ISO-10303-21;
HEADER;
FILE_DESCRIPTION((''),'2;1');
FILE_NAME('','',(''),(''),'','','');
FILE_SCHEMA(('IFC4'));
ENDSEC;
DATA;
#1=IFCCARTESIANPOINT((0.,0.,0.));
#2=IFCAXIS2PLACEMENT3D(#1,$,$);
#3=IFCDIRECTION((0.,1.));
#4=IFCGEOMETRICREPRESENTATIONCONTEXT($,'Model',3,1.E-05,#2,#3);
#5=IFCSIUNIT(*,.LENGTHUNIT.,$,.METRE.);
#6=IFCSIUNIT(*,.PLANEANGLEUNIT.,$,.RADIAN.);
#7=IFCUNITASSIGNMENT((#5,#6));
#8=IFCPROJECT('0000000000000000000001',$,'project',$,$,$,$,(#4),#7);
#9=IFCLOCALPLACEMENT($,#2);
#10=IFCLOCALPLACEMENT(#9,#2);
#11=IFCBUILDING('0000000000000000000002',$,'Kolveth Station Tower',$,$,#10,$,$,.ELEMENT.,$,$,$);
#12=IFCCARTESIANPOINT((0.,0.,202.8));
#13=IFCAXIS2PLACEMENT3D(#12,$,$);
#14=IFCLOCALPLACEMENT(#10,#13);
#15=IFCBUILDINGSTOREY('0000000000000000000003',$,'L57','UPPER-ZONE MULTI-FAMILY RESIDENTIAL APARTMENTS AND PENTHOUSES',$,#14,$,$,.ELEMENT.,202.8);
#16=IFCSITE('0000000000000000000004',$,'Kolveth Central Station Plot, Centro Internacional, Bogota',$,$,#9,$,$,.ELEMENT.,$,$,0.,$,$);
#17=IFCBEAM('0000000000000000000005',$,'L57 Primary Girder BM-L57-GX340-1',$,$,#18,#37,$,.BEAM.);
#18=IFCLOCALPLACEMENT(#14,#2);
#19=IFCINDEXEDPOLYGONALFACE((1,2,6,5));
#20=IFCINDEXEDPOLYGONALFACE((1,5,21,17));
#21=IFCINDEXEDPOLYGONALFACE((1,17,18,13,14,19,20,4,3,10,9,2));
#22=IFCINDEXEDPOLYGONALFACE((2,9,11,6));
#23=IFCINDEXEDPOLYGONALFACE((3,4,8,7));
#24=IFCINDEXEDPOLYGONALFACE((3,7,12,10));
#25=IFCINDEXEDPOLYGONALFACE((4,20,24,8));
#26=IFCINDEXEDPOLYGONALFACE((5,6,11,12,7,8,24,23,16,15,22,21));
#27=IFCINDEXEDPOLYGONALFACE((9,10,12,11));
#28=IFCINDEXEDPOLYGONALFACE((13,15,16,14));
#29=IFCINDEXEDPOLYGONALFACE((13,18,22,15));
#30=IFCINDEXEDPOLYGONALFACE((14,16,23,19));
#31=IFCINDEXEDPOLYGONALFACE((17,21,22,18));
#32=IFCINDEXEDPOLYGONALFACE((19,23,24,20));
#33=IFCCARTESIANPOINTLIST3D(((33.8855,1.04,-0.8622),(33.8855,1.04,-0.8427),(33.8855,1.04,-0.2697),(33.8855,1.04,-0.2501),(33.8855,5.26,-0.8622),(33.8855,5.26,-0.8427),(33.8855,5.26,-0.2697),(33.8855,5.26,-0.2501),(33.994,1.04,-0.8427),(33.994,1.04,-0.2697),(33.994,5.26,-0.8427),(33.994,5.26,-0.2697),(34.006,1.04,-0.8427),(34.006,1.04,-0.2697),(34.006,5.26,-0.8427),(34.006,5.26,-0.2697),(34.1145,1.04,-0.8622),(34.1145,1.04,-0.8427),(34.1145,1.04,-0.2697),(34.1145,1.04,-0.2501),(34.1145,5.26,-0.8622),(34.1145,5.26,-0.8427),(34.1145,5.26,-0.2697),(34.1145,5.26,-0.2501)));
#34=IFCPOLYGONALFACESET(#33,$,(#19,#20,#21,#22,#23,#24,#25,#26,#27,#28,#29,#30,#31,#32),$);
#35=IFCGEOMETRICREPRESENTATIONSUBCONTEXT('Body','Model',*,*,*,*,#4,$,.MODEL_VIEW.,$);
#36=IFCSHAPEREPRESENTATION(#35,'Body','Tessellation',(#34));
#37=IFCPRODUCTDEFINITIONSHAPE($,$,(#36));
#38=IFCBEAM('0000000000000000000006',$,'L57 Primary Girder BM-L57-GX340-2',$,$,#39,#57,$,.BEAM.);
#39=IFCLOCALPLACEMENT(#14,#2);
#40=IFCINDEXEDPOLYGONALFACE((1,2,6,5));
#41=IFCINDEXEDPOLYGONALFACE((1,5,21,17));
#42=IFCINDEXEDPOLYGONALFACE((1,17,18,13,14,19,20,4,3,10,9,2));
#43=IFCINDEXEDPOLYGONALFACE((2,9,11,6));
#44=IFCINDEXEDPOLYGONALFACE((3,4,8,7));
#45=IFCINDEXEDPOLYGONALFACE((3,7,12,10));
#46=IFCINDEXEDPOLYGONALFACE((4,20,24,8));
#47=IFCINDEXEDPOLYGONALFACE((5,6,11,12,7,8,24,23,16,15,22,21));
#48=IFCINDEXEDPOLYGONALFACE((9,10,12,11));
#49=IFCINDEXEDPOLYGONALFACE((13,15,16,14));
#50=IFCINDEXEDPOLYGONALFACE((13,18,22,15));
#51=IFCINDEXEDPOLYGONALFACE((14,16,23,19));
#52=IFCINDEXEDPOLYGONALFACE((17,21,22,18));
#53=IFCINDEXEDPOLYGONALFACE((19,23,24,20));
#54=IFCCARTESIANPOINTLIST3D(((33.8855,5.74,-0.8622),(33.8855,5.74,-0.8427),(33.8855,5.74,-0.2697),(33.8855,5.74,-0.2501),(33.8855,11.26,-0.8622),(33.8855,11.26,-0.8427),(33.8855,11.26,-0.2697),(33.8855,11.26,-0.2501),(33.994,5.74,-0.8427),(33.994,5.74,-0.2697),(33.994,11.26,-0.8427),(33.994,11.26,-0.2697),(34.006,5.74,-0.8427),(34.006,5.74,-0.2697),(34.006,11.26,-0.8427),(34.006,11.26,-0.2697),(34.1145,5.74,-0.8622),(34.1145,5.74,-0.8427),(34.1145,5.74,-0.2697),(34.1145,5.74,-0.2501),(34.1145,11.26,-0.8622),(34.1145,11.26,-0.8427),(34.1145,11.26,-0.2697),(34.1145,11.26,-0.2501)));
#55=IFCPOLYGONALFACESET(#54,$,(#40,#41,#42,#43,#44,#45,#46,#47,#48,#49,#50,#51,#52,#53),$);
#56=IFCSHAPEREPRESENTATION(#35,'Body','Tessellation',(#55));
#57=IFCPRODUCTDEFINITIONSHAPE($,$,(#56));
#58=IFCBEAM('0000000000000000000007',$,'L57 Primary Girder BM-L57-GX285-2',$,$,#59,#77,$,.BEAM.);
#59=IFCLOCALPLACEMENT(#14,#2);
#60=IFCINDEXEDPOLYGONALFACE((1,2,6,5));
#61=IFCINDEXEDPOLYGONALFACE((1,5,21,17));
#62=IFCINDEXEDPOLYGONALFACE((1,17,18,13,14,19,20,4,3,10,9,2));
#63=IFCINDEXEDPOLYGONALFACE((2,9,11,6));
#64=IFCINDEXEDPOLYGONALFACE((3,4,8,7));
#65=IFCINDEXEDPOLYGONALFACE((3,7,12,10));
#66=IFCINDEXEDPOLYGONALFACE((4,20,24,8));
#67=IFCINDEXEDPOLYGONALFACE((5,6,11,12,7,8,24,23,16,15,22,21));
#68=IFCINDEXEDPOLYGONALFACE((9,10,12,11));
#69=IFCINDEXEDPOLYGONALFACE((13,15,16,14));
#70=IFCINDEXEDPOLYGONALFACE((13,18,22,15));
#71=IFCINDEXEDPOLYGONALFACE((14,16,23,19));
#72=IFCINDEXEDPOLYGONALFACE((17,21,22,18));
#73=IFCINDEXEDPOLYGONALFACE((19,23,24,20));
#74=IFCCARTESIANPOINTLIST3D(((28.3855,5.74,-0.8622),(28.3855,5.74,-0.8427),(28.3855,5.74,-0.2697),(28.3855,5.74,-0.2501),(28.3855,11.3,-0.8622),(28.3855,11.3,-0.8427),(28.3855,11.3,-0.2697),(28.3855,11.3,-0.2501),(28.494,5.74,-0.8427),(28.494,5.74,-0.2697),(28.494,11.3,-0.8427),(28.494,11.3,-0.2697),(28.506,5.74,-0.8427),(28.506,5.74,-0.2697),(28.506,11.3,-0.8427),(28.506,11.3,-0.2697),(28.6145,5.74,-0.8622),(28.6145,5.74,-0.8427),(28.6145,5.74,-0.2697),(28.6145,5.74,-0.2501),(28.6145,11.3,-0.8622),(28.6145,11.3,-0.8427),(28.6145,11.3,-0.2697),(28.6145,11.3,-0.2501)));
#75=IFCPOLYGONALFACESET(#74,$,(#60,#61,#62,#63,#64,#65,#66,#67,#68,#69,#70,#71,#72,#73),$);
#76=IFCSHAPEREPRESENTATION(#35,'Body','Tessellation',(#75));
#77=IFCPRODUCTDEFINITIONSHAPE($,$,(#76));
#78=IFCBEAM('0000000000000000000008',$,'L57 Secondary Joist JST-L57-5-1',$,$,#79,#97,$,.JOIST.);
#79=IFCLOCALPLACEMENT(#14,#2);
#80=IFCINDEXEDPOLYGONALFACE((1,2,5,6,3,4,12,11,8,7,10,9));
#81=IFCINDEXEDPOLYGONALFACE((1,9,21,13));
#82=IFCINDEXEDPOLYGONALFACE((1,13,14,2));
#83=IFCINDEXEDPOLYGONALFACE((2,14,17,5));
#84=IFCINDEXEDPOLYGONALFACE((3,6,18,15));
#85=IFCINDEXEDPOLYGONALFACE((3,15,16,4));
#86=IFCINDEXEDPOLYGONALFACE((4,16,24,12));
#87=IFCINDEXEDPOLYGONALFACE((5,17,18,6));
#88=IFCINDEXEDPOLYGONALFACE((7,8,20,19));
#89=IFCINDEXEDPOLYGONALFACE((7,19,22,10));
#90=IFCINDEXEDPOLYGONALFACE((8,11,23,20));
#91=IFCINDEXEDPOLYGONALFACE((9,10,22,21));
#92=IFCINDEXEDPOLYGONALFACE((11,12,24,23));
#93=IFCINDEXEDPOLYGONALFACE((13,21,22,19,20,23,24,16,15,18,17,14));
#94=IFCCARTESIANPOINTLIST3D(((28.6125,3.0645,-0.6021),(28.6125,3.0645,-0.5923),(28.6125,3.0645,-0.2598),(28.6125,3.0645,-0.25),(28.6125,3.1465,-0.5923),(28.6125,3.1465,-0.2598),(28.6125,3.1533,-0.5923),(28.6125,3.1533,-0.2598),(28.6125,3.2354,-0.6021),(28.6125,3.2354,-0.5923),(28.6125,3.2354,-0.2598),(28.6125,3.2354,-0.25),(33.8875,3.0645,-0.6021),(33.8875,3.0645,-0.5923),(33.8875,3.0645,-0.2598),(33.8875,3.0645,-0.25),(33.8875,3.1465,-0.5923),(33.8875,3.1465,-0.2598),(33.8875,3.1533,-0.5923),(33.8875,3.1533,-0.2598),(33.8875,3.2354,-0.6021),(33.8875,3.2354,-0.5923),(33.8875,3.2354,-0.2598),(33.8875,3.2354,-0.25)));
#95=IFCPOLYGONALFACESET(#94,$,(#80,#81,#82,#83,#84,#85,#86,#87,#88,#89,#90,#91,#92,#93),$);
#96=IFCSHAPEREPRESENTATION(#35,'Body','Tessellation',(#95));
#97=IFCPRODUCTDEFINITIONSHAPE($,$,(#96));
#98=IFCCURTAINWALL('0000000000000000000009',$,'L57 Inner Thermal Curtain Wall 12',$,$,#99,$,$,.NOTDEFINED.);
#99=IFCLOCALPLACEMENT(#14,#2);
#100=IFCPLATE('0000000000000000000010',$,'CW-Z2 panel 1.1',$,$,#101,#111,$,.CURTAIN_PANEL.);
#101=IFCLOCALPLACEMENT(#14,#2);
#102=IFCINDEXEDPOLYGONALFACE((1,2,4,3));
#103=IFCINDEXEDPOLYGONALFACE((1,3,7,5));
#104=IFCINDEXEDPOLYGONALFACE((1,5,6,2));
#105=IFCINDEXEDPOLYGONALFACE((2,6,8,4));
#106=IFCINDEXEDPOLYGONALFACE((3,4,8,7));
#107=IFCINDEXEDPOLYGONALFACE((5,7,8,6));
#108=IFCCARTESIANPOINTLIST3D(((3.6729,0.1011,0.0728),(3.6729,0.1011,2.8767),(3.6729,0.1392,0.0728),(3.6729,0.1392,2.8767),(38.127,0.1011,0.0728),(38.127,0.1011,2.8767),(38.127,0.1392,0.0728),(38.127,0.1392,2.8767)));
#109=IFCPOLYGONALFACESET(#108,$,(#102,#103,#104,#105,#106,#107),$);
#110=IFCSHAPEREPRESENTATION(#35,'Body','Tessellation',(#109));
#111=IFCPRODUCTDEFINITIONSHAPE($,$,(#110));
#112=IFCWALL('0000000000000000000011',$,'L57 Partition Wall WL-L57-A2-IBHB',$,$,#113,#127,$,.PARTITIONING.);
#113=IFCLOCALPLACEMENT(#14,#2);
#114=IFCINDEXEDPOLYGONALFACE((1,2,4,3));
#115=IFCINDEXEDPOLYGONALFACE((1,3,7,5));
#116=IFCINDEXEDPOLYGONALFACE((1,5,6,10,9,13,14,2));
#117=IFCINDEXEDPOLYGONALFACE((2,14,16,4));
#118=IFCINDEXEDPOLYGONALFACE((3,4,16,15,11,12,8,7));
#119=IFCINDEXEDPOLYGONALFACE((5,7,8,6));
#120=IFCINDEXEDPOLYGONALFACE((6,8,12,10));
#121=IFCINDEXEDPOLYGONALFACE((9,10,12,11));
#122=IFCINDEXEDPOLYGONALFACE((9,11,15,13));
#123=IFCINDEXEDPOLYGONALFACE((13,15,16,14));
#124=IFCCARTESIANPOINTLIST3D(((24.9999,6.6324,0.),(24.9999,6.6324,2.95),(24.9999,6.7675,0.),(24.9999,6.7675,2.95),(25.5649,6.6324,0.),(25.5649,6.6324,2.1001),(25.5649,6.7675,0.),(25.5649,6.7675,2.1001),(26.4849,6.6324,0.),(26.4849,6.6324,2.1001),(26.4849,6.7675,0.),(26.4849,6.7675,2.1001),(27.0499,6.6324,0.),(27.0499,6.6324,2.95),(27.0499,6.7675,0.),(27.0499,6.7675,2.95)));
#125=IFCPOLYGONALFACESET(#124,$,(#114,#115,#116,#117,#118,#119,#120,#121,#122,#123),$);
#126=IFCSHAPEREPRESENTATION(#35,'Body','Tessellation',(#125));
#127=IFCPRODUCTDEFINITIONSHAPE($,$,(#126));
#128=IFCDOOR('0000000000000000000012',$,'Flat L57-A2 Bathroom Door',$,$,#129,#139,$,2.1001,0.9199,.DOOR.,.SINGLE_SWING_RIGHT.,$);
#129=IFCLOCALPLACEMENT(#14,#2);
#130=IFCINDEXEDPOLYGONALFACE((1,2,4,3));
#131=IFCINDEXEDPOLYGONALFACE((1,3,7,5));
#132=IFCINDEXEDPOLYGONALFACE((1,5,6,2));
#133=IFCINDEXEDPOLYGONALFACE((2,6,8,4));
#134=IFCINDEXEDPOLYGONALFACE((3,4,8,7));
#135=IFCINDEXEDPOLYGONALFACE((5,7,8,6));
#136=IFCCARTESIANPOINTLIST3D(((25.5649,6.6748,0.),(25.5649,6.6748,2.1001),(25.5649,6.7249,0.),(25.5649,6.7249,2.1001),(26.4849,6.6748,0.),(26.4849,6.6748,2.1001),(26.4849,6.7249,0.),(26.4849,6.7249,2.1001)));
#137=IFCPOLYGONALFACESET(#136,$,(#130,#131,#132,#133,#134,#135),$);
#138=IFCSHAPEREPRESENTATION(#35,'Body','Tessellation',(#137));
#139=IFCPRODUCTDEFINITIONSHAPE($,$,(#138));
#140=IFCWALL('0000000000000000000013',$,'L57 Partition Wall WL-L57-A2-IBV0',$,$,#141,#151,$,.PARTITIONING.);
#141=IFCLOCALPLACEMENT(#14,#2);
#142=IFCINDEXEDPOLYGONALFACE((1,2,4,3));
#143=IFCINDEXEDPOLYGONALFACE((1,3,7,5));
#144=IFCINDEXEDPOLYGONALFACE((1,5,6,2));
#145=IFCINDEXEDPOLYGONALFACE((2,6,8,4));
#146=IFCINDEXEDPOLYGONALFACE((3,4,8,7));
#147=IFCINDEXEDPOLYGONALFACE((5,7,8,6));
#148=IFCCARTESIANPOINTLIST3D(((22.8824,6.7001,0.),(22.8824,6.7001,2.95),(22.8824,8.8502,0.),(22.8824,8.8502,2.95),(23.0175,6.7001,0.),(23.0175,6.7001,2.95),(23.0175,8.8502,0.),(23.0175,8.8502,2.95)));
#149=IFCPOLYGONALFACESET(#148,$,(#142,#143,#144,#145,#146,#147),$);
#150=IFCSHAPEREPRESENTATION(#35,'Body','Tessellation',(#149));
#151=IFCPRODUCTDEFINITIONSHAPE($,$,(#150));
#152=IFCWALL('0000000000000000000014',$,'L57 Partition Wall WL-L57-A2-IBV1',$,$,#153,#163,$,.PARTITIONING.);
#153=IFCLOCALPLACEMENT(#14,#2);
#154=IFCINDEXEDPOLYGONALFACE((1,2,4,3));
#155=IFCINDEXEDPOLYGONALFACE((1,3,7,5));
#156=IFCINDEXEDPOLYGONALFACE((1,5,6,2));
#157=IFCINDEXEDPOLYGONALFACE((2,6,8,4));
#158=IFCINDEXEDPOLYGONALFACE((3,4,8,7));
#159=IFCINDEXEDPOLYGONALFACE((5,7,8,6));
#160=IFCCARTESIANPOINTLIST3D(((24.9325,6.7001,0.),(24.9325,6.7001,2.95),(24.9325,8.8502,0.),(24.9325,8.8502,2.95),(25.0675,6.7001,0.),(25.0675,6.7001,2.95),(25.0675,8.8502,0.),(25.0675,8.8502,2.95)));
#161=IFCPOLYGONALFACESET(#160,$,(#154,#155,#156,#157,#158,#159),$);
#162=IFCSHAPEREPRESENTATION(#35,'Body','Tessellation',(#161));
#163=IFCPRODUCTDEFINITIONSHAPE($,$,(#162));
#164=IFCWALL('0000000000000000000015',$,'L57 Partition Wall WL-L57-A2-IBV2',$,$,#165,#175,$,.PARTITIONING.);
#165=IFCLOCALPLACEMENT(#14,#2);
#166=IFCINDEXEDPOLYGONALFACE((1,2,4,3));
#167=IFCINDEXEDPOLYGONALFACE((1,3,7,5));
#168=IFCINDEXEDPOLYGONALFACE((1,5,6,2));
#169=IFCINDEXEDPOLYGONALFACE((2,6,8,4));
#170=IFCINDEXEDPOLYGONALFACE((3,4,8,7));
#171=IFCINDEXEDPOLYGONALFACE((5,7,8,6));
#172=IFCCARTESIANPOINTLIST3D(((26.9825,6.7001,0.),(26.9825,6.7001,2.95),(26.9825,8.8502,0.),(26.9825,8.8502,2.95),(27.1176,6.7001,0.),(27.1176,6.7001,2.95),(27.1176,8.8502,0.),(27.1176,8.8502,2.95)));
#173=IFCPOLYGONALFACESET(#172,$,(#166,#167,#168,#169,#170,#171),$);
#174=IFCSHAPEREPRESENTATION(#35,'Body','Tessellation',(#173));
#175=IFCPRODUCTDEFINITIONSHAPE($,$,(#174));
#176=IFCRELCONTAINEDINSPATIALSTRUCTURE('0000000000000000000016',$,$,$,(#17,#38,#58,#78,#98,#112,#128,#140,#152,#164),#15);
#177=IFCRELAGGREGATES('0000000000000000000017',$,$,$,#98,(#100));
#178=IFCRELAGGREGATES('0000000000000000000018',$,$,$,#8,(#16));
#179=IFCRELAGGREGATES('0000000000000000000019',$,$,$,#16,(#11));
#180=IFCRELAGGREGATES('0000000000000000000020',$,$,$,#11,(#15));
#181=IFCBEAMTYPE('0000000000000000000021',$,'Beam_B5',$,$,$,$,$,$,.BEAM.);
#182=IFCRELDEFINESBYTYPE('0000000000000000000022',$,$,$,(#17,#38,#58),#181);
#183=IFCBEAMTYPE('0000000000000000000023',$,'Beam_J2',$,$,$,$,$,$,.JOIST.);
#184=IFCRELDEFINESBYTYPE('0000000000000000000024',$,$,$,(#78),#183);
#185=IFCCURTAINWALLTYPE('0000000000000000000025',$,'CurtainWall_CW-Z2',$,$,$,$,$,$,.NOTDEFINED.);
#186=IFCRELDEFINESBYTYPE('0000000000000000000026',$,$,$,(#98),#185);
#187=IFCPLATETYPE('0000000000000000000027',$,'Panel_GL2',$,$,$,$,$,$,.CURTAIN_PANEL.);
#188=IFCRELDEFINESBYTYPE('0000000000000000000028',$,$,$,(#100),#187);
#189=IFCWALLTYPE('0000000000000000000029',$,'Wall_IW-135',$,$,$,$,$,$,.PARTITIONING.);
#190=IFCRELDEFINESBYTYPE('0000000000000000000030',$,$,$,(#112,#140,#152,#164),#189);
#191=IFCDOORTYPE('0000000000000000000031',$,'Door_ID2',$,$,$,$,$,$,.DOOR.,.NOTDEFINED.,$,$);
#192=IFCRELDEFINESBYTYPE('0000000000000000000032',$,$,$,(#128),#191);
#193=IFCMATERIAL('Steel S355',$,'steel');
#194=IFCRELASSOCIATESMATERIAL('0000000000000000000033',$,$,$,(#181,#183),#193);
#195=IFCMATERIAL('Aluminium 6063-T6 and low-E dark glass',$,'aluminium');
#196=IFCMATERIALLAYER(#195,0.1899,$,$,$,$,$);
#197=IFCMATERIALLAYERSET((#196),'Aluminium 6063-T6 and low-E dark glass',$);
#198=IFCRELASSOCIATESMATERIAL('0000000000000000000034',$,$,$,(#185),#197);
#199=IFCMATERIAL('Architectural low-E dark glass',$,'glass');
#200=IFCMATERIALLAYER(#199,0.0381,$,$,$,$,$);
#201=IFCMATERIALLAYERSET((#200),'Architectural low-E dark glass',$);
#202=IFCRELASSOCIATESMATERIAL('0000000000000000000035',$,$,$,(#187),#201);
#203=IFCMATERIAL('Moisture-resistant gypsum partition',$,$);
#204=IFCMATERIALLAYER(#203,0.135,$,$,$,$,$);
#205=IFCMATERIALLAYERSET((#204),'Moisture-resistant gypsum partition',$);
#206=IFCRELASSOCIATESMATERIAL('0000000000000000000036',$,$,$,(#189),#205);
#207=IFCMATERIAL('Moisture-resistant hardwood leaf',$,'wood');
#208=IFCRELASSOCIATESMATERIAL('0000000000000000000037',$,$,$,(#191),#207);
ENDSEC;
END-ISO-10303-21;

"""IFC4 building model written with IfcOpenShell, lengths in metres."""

from ifc_helpers import new_model, si_unit, direction, frame, frame_2d, origin, origin_2d, place, context, subcontext, project, spatial, rectangle, i_section, extrude, source, transform, mapped, material, layer, layer_set, material_profile, profile_set, type_object, element, fill, aggregate, save


model = new_model("IFC4")

# Units and contexts
model_context = context("Model", 3, precision=1e-05, world=origin(), true_north=direction((0.0, 1.0)))
body_context = subcontext(model_context, "Body", "Model", "MODEL_VIEW")
ifc_project = project(units=[si_unit("LENGTHUNIT", "METRE"), si_unit("PLANEANGLEUNIT", "RADIAN")], contexts=[model_context])

# Site, building, storey
site_placement = place(None, origin())
site = spatial("IfcSite", under=ifc_project, at=site_placement, Name="Kolveth Central Station Plot, Centro Internacional, Bogota", CompositionType="ELEMENT", RefElevation=0.0)
building_placement = place(site_placement, origin())
building = spatial("IfcBuilding", under=site, at=building_placement, Name="Kolveth Station Tower", CompositionType="ELEMENT")
storey_placement = place(building_placement, frame((0.0, 0.0, 202.8)))
storey = spatial("IfcBuildingStorey", under=building, at=storey_placement, Name="L57", Description="UPPER-ZONE MULTI-FAMILY RESIDENTIAL APARTMENTS AND PENTHOUSES", CompositionType="ELEMENT", Elevation=202.8)

# Shared definitions
ifc_material_1 = material(Name="Steel S355", Category="steel")

# Beams
ifc_material_profile_1 = material_profile(ifc_material_1, i_section(OverallWidth=0.229, OverallDepth=0.6121, WebThickness=0.012, FlangeThickness=0.0195, at=origin_2d()), Name="W610x125")
ifc_profile_set_1 = profile_set([ifc_material_profile_1], Name="Steel S355")
beam_type_1 = type_object("IfcBeamType", Name="Beam_B5", PredefinedType="BEAM", material=ifc_profile_set_1)
shared_shape_1 = source(origin(), body_context, "Body", "SweptSolid", [
    extrude(i_section(OverallWidth=0.229, OverallDepth=0.6121, WebThickness=0.012, FlangeThickness=0.0195, at=origin_2d()), origin(), (0.0, 0.0, 1.0), 4.22),
])
for number, where, z_axis, x_axis, name in (
    (1, (34.0, 1.04, -0.5562), (0.0, 1.0, 0.0), (-1.0, 0.0, 0.0), "L57 Primary Girder BM-L57-GX340-1"),
):
    element("IfcBeam", number, at=place(storey_placement, frame(where, z_axis=z_axis, x_axis=x_axis)), inside=storey, type_object=beam_type_1, Name=name, PredefinedType="BEAM", context=body_context, shape_type="MappedRepresentation", body=[
        mapped(shared_shape_1, transform((0.0, 0.0, 0.0), x_axis=(1.0, 0.0, 0.0), y_axis=(0.0, 1.0, 0.0), z_axis=(0.0, 0.0, 1.0), scale=1.0)),
    ])
shared_shape_2 = source(origin(), body_context, "Body", "SweptSolid", [
    extrude(i_section(OverallWidth=0.229, OverallDepth=0.6121, WebThickness=0.012, FlangeThickness=0.0195, at=origin_2d()), origin(), (0.0, 0.0, 1.0), 5.52),
])
beam_1_placement = place(storey_placement, frame((34.0, 5.74, -0.5562), z_axis=(0.0, 1.0, 0.0), x_axis=(-1.0, 0.0, 0.0)))
element("IfcBeam", 2, at=beam_1_placement, inside=storey, type_object=beam_type_1, Name="L57 Primary Girder BM-L57-GX340-2", PredefinedType="BEAM", context=body_context, shape_type="MappedRepresentation", body=[
    mapped(shared_shape_2, transform((0.0, 0.0, 0.0), x_axis=(1.0, 0.0, 0.0), y_axis=(0.0, 1.0, 0.0), z_axis=(0.0, 0.0, 1.0), scale=1.0)),
])
shared_shape_3 = source(origin(), body_context, "Body", "SweptSolid", [
    extrude(i_section(OverallWidth=0.229, OverallDepth=0.6121, WebThickness=0.012, FlangeThickness=0.0195, at=origin_2d()), origin(), (0.0, 0.0, 1.0), 5.5601),
])
beam_2_placement = place(storey_placement, frame((28.5, 5.74, -0.5562), z_axis=(0.0, 1.0, 0.0), x_axis=(-1.0, 0.0, 0.0)))
element("IfcBeam", 3, at=beam_2_placement, inside=storey, type_object=beam_type_1, Name="L57 Primary Girder BM-L57-GX285-2", PredefinedType="BEAM", context=body_context, shape_type="MappedRepresentation", body=[
    mapped(shared_shape_3, transform((0.0, 0.0, 0.0), x_axis=(1.0, 0.0, 0.0), y_axis=(0.0, 1.0, 0.0), z_axis=(0.0, 0.0, 1.0), scale=1.0)),
])
ifc_material_profile_2 = material_profile(ifc_material_1, i_section(OverallWidth=0.1709, OverallDepth=0.3521, WebThickness=0.0068, FlangeThickness=0.0098, at=origin_2d()), Name="W360x44")
ifc_profile_set_2 = profile_set([ifc_material_profile_2], Name="Steel S355")
beam_type_2 = type_object("IfcBeamType", Name="Beam_J2", PredefinedType="JOIST", material=ifc_profile_set_2)
shared_shape_4 = source(origin(), body_context, "Body", "SweptSolid", [
    extrude(i_section(OverallWidth=0.1709, OverallDepth=0.3521, WebThickness=0.0068, FlangeThickness=0.0098, at=origin_2d()), origin(), (0.0, 0.0, 1.0), 5.2749),
])
beam_3_placement = place(storey_placement, frame((28.6125, 3.1499, -0.426), z_axis=(1.0, 0.0, 0.0), x_axis=(0.0, 1.0, 0.0)))
element("IfcBeam", 4, at=beam_3_placement, inside=storey, type_object=beam_type_2, Name="L57 Secondary Joist JST-L57-5-1", PredefinedType="JOIST", context=body_context, shape_type="MappedRepresentation", body=[
    mapped(shared_shape_4, transform((0.0, 0.0, 0.0), x_axis=(1.0, 0.0, 0.0), y_axis=(0.0, 1.0, 0.0), z_axis=(0.0, 0.0, 1.0), scale=1.0)),
])

# Curtain wall, plate
ifc_material_2 = material(Name="Aluminium 6063-T6 and low-E dark glass", Category="aluminium")
ifc_layer_1 = layer(ifc_material_2, 0.1899)
ifc_layer_set_1 = layer_set([ifc_layer_1], Name="Aluminium 6063-T6 and low-E dark glass")
curtain_wall_type = type_object("IfcCurtainWallType", Name="CurtainWall_CW-Z2", PredefinedType="NOTDEFINED", material=ifc_layer_set_1)
curtain_wall_placement = place(storey_placement, origin())
curtain_wall = element("IfcCurtainWall", 5, at=curtain_wall_placement, inside=storey, type_object=curtain_wall_type, Name="L57 Inner Thermal Curtain Wall 12", PredefinedType="NOTDEFINED")
ifc_material_3 = material(Name="Architectural low-E dark glass", Category="glass")
ifc_layer_2 = layer(ifc_material_3, 0.0381)
ifc_layer_set_2 = layer_set([ifc_layer_2], Name="Architectural low-E dark glass")
plate_type = type_object("IfcPlateType", Name="Panel_GL2", PredefinedType="CURTAIN_PANEL", material=ifc_layer_set_2)
shared_shape_5 = source(origin(), body_context, "Body", "SweptSolid", [
    extrude(rectangle(XDim=34.4541, YDim=0.0381, at=origin_2d()), origin(), (0.0, 0.0, 1.0), 2.804),
])
plate_placement = place(storey_placement, frame((20.8999, 0.1201, 0.0728), z_axis=(0.0, 0.0, 1.0), x_axis=(1.0, 0.0, 0.0)))
plate = element("IfcPlate", 6, at=plate_placement, type_object=plate_type, Name="CW-Z2 panel 1.1", PredefinedType="CURTAIN_PANEL", context=body_context, shape_type="MappedRepresentation", body=[
    mapped(shared_shape_5, transform((0.0, 0.0, 0.0), x_axis=(1.0, 0.0, 0.0), y_axis=(0.0, 1.0, 0.0), z_axis=(0.0, 0.0, 1.0), scale=1.0)),
])
aggregate(curtain_wall, [plate])

# Wall, opening, door
ifc_material_4 = material(Name="Moisture-resistant gypsum partition")
ifc_layer_3 = layer(ifc_material_4, 0.135)
ifc_layer_set_3 = layer_set([ifc_layer_3], Name="Moisture-resistant gypsum partition")
wall_type_1 = type_object("IfcWallType", Name="Wall_IW-135", PredefinedType="PARTITIONING", material=ifc_layer_set_3)
wall_1_placement = place(storey_placement, frame((25.0, 6.7, 0.0), z_axis=(0.0, 0.0, 1.0), x_axis=(1.0, 0.0, 0.0)))
wall_1 = element("IfcWall", 7, at=wall_1_placement, inside=storey, type_object=wall_type_1, Name="L57 Partition Wall WL-L57-A2-IBHB", PredefinedType="PARTITIONING", context=body_context, shape_type="SweptSolid", body=[
    extrude(rectangle(XDim=2.05, YDim=0.135, at=frame_2d((1.0249, 0.0))), origin(), (0.0, 0.0, 1.0), 2.95),
])
opening_1_placement = place(wall_1_placement, frame((0.5649, 0.0, 0.0)))
opening_1 = element("IfcOpeningElement", 8, at=opening_1_placement, cuts=wall_1, PredefinedType="OPENING", context=body_context, shape_type="SweptSolid", body=[
    extrude(rectangle(XDim=0.9199, YDim=2.1001, at=frame_2d((0.46, 1.05))), frame((0.0, 0.0774, 0.0), z_axis=(0.0, -1.0, 0.0), x_axis=(1.0, 0.0, 0.0)), (0.0, 0.0, 1.0), 0.155),
])
ifc_material_5 = material(Name="Moisture-resistant hardwood leaf", Category="wood")
door_type_1 = type_object("IfcDoorType", Name="Door_ID2", OperationType="NOTDEFINED", PredefinedType="DOOR", material=ifc_material_5)
door_1_placement = place(opening_1_placement, origin())
door_1 = element("IfcDoor", 9, at=door_1_placement, inside=storey, type_object=door_type_1, Name="Flat L57-A2 Bathroom Door", OperationType="SINGLE_SWING_RIGHT", OverallHeight=2.1001, OverallWidth=0.9199, PredefinedType="DOOR", context=body_context, shape_type="SweptSolid", body=[
    extrude(rectangle(XDim=0.9199, YDim=2.1001, at=frame_2d((0.46, 1.05))), frame((0.0, 0.0249, 0.0), z_axis=(0.0, -1.0, 0.0), x_axis=(1.0, 0.0, 0.0)), (0.0, 0.0, 1.0), 0.05),
])
fill(opening_1, door_1)

# Walls
for number, where, z_axis, x_axis, name in (
    (10, (22.95, 6.7, 0.0), (0.0, 0.0, 1.0), (0.0, 1.0, 0.0), "L57 Partition Wall WL-L57-A2-IBV0"),
    (11, (25.0, 6.7, 0.0), (0.0, 0.0, 1.0), (0.0, 1.0, 0.0), "L57 Partition Wall WL-L57-A2-IBV1"),
    (12, (27.05, 6.7, 0.0), (0.0, 0.0, 1.0), (0.0, 1.0, 0.0), "L57 Partition Wall WL-L57-A2-IBV2"),
):
    element("IfcWall", number, at=place(storey_placement, frame(where, z_axis=z_axis, x_axis=x_axis)), inside=storey, type_object=wall_type_1, Name=name, PredefinedType="PARTITIONING", context=body_context, shape_type="SweptSolid", body=[
        extrude(rectangle(XDim=2.1501, YDim=0.135, at=frame_2d((1.0752, 0.0))), origin(), (0.0, 0.0, 1.0), 2.95),
    ])

save(model, "model.ifc")
